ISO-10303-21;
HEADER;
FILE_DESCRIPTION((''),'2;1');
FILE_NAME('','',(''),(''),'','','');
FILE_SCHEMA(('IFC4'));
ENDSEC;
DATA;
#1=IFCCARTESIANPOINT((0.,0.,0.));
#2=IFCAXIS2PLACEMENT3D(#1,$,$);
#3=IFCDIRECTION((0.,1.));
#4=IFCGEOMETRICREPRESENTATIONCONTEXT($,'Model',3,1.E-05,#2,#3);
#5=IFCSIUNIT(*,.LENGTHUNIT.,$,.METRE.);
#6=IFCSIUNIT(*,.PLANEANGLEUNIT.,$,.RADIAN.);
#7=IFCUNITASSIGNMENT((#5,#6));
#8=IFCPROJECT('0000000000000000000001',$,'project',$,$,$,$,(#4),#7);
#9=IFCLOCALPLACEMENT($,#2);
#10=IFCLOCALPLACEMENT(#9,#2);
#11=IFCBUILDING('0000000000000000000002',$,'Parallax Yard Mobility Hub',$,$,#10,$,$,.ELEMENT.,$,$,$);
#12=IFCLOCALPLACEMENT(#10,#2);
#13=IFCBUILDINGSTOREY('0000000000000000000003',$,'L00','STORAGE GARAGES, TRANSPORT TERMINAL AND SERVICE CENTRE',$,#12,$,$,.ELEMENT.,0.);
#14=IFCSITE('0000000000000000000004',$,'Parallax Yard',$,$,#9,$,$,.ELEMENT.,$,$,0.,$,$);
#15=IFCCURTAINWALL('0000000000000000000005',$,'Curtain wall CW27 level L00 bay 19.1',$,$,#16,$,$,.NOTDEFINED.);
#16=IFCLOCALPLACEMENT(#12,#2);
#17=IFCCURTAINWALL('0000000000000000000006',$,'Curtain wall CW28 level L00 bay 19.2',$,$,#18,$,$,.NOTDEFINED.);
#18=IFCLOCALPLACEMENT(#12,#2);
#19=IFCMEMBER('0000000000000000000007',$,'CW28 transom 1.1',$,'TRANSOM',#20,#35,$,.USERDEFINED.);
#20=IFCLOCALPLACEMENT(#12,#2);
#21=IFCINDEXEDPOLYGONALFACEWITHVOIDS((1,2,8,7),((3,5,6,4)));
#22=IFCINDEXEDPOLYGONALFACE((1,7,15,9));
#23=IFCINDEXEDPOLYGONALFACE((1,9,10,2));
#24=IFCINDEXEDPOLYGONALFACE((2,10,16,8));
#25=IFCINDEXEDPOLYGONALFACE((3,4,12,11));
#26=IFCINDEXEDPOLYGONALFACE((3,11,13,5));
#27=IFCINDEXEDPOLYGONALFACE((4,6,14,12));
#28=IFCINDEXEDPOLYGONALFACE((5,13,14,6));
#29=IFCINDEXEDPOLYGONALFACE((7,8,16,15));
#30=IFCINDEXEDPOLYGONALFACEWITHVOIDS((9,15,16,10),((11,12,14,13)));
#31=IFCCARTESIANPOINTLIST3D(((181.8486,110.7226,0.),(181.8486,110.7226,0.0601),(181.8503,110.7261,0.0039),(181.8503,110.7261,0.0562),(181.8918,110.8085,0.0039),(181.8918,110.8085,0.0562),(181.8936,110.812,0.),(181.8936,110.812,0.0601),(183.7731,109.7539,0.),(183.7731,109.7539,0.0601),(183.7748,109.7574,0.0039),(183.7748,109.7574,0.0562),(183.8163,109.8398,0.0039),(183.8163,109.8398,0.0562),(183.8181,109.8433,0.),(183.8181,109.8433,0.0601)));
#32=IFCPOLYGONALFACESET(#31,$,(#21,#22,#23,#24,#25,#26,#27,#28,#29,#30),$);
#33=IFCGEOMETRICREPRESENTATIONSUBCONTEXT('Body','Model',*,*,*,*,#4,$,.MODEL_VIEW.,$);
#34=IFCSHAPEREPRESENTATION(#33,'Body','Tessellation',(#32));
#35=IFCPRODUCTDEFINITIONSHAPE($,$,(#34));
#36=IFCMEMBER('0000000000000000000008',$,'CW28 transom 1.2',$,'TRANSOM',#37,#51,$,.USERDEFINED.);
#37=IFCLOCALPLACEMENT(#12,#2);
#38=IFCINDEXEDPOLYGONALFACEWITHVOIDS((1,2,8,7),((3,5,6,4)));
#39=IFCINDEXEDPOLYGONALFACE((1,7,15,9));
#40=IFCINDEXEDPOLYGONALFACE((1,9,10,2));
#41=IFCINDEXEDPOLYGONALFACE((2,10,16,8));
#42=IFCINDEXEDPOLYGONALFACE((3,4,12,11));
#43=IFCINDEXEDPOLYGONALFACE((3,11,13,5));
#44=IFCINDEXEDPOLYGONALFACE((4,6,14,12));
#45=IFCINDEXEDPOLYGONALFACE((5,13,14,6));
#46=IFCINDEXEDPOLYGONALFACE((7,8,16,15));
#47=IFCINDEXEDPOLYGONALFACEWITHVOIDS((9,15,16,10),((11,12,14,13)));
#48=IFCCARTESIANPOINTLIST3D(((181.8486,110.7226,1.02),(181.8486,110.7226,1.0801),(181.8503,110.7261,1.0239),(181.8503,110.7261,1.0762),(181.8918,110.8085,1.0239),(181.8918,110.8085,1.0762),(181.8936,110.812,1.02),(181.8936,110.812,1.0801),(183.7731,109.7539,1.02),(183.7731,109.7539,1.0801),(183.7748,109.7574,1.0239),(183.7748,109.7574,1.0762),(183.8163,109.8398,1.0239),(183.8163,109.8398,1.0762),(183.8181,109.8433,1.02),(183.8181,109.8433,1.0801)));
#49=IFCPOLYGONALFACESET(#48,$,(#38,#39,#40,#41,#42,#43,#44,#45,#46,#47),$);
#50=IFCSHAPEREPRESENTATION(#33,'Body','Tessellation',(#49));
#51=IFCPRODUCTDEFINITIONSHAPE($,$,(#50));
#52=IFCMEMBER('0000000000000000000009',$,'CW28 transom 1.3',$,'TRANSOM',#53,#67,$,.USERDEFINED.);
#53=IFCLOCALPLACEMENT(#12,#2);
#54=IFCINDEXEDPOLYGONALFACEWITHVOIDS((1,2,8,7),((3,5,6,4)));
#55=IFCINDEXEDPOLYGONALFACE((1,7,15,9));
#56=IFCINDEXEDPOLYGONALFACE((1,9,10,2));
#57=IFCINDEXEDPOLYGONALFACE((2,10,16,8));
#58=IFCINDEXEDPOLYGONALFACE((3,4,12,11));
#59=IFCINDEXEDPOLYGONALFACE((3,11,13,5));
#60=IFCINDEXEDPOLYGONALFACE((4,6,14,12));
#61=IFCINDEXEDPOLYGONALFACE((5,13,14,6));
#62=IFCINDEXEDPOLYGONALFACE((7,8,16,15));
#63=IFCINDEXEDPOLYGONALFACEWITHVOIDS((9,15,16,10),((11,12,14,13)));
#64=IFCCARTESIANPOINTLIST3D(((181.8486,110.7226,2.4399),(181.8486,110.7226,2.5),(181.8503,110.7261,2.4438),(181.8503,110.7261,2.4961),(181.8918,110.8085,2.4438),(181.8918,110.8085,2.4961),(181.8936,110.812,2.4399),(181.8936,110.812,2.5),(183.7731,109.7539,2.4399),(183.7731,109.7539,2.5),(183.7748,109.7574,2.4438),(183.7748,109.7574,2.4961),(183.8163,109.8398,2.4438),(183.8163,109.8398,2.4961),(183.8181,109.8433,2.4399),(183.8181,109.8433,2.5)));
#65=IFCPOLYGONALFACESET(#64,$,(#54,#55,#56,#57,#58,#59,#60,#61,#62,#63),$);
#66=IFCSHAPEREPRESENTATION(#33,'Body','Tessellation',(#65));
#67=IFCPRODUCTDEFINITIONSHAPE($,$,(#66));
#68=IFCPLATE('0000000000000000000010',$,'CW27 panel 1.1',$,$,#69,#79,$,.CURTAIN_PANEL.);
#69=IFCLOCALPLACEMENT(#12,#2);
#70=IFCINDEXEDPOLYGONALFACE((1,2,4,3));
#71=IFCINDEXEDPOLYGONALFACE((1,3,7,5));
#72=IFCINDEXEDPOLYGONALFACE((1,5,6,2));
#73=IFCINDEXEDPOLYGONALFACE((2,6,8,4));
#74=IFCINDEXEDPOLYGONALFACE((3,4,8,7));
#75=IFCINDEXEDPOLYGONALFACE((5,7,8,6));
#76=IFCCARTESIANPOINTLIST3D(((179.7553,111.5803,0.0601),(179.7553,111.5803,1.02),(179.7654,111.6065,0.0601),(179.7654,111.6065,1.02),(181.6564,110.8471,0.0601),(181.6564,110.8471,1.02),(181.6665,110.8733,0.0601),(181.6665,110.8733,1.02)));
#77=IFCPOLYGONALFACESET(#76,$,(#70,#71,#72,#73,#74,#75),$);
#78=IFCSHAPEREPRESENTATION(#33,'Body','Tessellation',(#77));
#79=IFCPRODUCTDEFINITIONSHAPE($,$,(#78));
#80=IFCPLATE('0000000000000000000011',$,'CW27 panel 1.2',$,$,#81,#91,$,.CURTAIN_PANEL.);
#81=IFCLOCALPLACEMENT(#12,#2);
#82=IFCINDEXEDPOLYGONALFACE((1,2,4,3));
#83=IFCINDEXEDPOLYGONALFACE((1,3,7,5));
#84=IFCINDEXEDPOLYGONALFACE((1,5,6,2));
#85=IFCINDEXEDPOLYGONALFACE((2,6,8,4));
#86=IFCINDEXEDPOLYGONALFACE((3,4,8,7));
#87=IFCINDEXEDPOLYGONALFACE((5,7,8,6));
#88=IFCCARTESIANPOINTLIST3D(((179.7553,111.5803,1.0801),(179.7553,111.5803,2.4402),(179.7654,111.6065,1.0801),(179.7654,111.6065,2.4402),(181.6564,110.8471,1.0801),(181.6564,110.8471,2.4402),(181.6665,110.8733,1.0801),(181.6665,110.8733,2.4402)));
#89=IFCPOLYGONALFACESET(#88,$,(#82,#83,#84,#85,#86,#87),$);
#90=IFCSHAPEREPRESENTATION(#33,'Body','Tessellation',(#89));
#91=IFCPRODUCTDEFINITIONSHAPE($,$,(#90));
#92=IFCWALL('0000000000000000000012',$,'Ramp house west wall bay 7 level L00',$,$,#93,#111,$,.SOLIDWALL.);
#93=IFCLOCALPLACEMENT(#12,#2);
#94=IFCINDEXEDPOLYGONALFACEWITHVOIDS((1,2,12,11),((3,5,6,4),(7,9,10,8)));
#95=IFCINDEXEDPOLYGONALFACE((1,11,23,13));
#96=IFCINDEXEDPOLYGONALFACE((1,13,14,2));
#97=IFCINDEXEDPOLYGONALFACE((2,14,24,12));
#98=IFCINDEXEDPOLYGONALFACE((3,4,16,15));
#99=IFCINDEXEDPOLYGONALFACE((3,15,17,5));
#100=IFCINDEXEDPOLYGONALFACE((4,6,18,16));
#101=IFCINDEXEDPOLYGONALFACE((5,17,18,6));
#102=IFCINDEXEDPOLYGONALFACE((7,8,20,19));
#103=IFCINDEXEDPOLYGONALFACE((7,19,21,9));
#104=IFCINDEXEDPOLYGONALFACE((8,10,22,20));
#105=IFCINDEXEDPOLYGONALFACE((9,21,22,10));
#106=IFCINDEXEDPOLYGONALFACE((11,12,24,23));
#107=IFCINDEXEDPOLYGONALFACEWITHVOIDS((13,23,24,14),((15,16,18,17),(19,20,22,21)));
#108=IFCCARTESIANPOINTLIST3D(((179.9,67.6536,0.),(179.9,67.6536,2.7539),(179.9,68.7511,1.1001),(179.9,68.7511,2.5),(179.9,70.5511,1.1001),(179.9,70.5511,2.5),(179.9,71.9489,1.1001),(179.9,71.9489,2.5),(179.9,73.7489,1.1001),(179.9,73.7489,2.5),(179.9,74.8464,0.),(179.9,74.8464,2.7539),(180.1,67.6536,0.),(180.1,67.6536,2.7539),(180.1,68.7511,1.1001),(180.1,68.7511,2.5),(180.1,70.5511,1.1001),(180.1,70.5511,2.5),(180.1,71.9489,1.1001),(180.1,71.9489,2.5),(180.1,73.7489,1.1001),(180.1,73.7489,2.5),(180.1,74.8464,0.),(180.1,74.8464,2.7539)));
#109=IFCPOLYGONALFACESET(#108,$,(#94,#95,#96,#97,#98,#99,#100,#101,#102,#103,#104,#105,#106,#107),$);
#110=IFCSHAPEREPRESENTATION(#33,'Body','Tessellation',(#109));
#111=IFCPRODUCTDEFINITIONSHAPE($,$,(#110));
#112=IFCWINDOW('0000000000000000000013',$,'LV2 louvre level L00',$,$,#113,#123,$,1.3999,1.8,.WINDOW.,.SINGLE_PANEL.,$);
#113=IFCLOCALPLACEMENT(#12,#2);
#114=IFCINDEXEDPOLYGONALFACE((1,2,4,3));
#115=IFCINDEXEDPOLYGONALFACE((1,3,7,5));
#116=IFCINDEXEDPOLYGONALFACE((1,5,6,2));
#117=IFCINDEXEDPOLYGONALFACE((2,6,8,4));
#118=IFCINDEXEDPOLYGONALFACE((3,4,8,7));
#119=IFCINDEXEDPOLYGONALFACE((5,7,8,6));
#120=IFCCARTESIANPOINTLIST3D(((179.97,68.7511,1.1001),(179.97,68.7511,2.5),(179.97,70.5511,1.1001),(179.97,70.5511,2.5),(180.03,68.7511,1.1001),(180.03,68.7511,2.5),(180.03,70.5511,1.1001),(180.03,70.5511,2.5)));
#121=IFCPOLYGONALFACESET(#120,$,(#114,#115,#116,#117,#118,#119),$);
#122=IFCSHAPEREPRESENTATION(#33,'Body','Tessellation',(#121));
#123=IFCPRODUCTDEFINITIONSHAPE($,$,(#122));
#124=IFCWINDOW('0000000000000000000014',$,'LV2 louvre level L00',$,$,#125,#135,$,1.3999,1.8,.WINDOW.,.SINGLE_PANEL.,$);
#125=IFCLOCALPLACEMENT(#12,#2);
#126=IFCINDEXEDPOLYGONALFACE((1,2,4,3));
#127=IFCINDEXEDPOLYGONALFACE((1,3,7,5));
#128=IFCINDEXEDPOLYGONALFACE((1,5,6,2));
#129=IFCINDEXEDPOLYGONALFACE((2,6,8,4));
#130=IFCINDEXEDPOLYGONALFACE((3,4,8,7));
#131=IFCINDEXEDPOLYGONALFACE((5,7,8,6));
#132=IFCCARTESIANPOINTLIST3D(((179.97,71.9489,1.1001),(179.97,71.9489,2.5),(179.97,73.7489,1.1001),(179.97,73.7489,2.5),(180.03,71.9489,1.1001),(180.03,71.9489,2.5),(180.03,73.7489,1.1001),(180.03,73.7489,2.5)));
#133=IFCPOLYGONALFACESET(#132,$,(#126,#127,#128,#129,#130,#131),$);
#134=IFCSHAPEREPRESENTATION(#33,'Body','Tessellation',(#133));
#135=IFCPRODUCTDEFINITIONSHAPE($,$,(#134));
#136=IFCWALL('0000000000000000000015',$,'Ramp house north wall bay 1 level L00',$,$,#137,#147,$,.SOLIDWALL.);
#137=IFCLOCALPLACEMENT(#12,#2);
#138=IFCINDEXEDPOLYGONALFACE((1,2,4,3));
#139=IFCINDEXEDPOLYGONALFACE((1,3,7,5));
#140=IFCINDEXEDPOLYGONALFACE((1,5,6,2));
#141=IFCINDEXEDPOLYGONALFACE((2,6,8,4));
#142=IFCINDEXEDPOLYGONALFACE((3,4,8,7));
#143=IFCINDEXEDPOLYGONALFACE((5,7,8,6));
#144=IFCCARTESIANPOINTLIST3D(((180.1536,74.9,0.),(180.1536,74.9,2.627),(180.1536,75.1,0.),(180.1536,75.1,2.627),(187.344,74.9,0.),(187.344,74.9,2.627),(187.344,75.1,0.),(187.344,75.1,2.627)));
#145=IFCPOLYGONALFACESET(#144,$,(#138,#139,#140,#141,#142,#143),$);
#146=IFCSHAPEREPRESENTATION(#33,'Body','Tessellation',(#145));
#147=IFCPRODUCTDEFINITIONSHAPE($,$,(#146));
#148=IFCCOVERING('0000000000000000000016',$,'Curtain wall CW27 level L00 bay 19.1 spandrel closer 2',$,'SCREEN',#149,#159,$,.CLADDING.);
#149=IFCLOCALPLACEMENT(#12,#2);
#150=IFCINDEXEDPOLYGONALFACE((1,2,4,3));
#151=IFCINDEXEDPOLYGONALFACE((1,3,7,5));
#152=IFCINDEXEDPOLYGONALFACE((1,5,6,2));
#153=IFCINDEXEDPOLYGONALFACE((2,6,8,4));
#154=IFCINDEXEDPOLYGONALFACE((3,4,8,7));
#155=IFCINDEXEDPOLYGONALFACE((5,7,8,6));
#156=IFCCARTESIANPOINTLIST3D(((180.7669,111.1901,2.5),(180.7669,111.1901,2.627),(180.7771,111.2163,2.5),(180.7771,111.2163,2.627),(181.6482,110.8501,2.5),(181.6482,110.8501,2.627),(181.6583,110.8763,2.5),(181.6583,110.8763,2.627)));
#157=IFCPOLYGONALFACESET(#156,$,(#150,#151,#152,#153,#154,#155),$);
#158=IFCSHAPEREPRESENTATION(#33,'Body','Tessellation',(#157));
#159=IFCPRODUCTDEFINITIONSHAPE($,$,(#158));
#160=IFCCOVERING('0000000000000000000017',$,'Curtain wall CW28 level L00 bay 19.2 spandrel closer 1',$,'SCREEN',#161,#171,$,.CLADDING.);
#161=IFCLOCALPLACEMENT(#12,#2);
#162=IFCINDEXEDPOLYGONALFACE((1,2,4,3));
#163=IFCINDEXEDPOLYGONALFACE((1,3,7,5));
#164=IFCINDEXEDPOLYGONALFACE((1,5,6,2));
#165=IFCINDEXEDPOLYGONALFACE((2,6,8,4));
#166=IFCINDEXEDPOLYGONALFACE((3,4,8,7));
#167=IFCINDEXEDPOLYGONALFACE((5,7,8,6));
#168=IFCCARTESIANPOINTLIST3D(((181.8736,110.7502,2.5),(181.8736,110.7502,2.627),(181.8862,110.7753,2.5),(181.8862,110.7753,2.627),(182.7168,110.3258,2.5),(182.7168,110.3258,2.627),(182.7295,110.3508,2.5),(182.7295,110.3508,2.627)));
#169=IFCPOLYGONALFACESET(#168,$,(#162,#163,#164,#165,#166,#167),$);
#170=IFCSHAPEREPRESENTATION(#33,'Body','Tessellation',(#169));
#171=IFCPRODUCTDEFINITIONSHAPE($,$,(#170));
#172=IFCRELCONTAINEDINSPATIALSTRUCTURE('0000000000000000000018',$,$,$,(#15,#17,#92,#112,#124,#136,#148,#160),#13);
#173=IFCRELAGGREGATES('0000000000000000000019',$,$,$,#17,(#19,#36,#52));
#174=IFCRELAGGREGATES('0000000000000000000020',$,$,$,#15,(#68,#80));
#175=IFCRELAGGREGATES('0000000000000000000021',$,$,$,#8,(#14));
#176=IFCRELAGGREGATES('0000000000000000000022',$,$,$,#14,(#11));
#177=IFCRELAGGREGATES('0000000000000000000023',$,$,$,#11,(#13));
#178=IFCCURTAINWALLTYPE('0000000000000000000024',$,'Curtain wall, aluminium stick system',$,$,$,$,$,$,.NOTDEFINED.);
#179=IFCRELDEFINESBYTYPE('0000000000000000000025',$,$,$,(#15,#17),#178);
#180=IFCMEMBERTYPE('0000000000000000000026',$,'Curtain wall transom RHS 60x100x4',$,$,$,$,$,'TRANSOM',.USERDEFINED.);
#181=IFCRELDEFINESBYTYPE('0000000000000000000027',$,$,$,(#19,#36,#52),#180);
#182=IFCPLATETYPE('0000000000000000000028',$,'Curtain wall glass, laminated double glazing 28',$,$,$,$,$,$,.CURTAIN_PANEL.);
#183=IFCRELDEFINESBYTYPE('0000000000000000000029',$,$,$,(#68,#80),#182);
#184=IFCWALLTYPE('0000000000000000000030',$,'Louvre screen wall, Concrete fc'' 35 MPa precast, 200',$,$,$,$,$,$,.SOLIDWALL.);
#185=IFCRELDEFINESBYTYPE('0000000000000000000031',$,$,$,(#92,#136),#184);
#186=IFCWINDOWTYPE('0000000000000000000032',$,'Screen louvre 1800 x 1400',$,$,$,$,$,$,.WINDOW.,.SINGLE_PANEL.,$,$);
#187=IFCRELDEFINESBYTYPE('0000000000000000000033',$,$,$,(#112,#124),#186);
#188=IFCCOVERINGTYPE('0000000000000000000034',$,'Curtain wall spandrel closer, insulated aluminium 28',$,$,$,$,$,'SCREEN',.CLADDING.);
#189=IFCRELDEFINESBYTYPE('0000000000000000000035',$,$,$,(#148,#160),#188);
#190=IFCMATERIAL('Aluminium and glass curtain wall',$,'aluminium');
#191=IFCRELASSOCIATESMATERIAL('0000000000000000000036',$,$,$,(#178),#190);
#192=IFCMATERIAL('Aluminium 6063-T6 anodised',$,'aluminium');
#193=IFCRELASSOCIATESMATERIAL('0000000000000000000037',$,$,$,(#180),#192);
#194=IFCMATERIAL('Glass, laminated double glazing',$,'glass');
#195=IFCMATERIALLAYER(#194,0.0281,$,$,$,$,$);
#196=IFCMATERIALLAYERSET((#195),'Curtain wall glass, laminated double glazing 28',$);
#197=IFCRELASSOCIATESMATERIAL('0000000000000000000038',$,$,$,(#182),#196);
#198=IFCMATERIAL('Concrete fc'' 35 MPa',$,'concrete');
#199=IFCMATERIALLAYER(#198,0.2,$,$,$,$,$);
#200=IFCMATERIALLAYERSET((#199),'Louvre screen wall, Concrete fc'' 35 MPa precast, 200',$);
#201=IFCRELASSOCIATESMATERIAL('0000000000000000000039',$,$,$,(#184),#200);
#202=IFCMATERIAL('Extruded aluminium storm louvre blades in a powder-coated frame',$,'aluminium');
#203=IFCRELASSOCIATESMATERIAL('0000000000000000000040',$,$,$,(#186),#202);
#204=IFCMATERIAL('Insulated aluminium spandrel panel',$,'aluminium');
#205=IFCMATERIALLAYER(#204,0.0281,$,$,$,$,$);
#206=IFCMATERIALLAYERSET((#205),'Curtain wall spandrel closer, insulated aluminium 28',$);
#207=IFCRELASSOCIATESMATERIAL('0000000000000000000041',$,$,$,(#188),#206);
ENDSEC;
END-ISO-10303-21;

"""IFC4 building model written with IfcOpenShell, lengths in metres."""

from ifc_helpers import new_model, si_unit, direction, frame, frame_2d, origin, origin_2d, place, context, subcontext, project, spatial, rectangle, hollow_rectangle, extrude, material, layer, layer_set, material_profile, profile_set, type_object, element, fill, aggregate, save


model = new_model("IFC4")

# Units and contexts
model_context = context("Model", 3, precision=1e-05, world=origin(), true_north=direction((0.0, 1.0)))
body_context = subcontext(model_context, "Body", "Model", "MODEL_VIEW")
ifc_project = project(units=[si_unit("LENGTHUNIT", "METRE"), si_unit("PLANEANGLEUNIT", "RADIAN")], contexts=[model_context])

# Site, building, storey
site_placement = place(None, origin())
site = spatial("IfcSite", under=ifc_project, at=site_placement, Name="Parallax Yard", CompositionType="ELEMENT", RefElevation=0.0)
building_placement = place(site_placement, origin())
building = spatial("IfcBuilding", under=site, at=building_placement, Name="Parallax Yard Mobility Hub", CompositionType="ELEMENT")
storey_placement = place(building_placement, origin())
storey = spatial("IfcBuildingStorey", under=building, at=storey_placement, Name="L00", Description="STORAGE GARAGES, TRANSPORT TERMINAL AND SERVICE CENTRE", CompositionType="ELEMENT", Elevation=0.0)

# Curtain wall
ifc_material_1 = material(Name="Aluminium and glass curtain wall", Category="aluminium")
curtain_wall_type = type_object("IfcCurtainWallType", Name="Curtain wall, aluminium stick system", PredefinedType="NOTDEFINED", material=ifc_material_1)
curtain_wall_1_placement = place(storey_placement, origin())
curtain_wall_1 = element("IfcCurtainWall", 1, at=curtain_wall_1_placement, inside=storey, type_object=curtain_wall_type, Name="Curtain wall CW27 level L00 bay 19.1", PredefinedType="NOTDEFINED")
ifc_material_2 = material(Name="Aluminium 6063-T6 anodised", Category="aluminium")

# Curtain wall, members
curtain_wall_2_placement = place(storey_placement, origin())
curtain_wall_2 = element("IfcCurtainWall", 2, at=curtain_wall_2_placement, inside=storey, type_object=curtain_wall_type, Name="Curtain wall CW28 level L00 bay 19.2", PredefinedType="NOTDEFINED")
ifc_material_profile_1 = material_profile(ifc_material_2, hollow_rectangle(XDim=0.1001, YDim=0.0601, WallThickness=0.0039, at=origin_2d()), Name="RHS 60x100x4")
ifc_profile_set_1 = profile_set([ifc_material_profile_1], Name="Aluminium 6063-T6 anodised")
member_type_1 = type_object("IfcMemberType", Name="Curtain wall transom RHS 60x100x4", ElementType="TRANSOM", PredefinedType="USERDEFINED", material=ifc_profile_set_1)
member_1_placement = place(storey_placement, frame((181.8711, 110.7673, 0.03), z_axis=(0.893223, -0.449614, 0.0), x_axis=(0.449614, 0.893223, 0.0)))
member_1 = element("IfcMember", 3, at=member_1_placement, type_object=member_type_1, Name="CW28 transom 1.1", ObjectType="TRANSOM", PredefinedType="USERDEFINED", context=body_context, shape_type="SweptSolid", body=[
    extrude(hollow_rectangle(XDim=0.1001, YDim=0.0601, WallThickness=0.0039, at=origin_2d()), origin(), (0.0, 0.0, 1.0), 2.1545),
])
member_2_placement = place(storey_placement, frame((181.8711, 110.7673, 1.05), z_axis=(0.893223, -0.449614, 0.0), x_axis=(0.449614, 0.893223, 0.0)))
member_2 = element("IfcMember", 4, at=member_2_placement, type_object=member_type_1, Name="CW28 transom 1.2", ObjectType="TRANSOM", PredefinedType="USERDEFINED", context=body_context, shape_type="SweptSolid", body=[
    extrude(hollow_rectangle(XDim=0.1001, YDim=0.0601, WallThickness=0.0039, at=origin_2d()), origin(), (0.0, 0.0, 1.0), 2.1545),
])
member_3_placement = place(storey_placement, frame((181.8711, 110.7673, 2.47), z_axis=(0.893223, -0.449614, 0.0), x_axis=(0.449614, 0.893223, 0.0)))
member_3 = element("IfcMember", 5, at=member_3_placement, type_object=member_type_1, Name="CW28 transom 1.3", ObjectType="TRANSOM", PredefinedType="USERDEFINED", context=body_context, shape_type="SweptSolid", body=[
    extrude(hollow_rectangle(XDim=0.1001, YDim=0.0601, WallThickness=0.0039, at=origin_2d()), origin(), (0.0, 0.0, 1.0), 2.1545),
])
aggregate(curtain_wall_2, [member_1, member_2, member_3])

# Plates
ifc_material_3 = material(Name="Glass, laminated double glazing", Category="glass")
ifc_layer_1 = layer(ifc_material_3, 0.0281)
ifc_layer_set_1 = layer_set([ifc_layer_1], Name="Curtain wall glass, laminated double glazing 28")
plate_type = type_object("IfcPlateType", Name="Curtain wall glass, laminated double glazing 28", PredefinedType="CURTAIN_PANEL", material=ifc_layer_set_1)
plate_1_placement = place(storey_placement, frame((180.7109, 111.2268, 0.0601), z_axis=(0.0, 0.0, 1.0), x_axis=(0.933008, -0.359855, 0.0)))
plate_1 = element("IfcPlate", 6, at=plate_1_placement, type_object=plate_type, Name="CW27 panel 1.1", PredefinedType="CURTAIN_PANEL", context=body_context, shape_type="SweptSolid", body=[
    extrude(rectangle(XDim=2.0376, YDim=0.0281, at=origin_2d()), origin(), (0.0, 0.0, 1.0), 0.96),
])
plate_2_placement = place(storey_placement, frame((180.7109, 111.2268, 1.0801), z_axis=(0.0, 0.0, 1.0), x_axis=(0.933008, -0.359855, 0.0)))
plate_2 = element("IfcPlate", 7, at=plate_2_placement, type_object=plate_type, Name="CW27 panel 1.2", PredefinedType="CURTAIN_PANEL", context=body_context, shape_type="SweptSolid", body=[
    extrude(rectangle(XDim=2.0376, YDim=0.0281, at=origin_2d()), origin(), (0.0, 0.0, 1.0), 1.3601),
])
aggregate(curtain_wall_1, [plate_1, plate_2])

# Wall, openings, windows
ifc_material_4 = material(Name="Concrete fc' 35 MPa", Category="concrete")
ifc_layer_2 = layer(ifc_material_4, 0.2)
ifc_layer_set_2 = layer_set([ifc_layer_2], Name="Louvre screen wall, Concrete fc' 35 MPa precast, 200")
wall_type = type_object("IfcWallType", Name="Louvre screen wall, Concrete fc' 35 MPa precast, 200", PredefinedType="SOLIDWALL", material=ifc_layer_set_2)
wall_1_placement = place(storey_placement, frame((180.0, 67.6536, 0.0), z_axis=(0.0, 0.0, 1.0), x_axis=(0.0, 1.0, 0.0)))
wall_1 = element("IfcWall", 8, at=wall_1_placement, inside=storey, type_object=wall_type, Name="Ramp house west wall bay 7 level L00", PredefinedType="SOLIDWALL", context=body_context, shape_type="SweptSolid", body=[
    extrude(rectangle(XDim=7.1929, YDim=0.2, at=frame_2d((3.5964, 0.0))), origin(), (0.0, 0.0, 1.0), 2.7539),
])
opening_1_placement = place(wall_1_placement, frame((1.0977, 0.0, 1.1001)))
opening_1 = element("IfcOpeningElement", 9, at=opening_1_placement, cuts=wall_1, PredefinedType="OPENING", context=body_context, shape_type="SweptSolid", body=[
    extrude(rectangle(XDim=1.8, YDim=1.3999, at=frame_2d((0.8999, 0.7))), frame((0.0, 0.1099, 0.0), z_axis=(0.0, -1.0, 0.0), x_axis=(1.0, 0.0, 0.0)), (0.0, 0.0, 1.0), 0.22),
])
opening_2_placement = place(wall_1_placement, frame((4.2954, 0.0, 1.1001)))
opening_2 = element("IfcOpeningElement", 10, at=opening_2_placement, cuts=wall_1, PredefinedType="OPENING", context=body_context, shape_type="SweptSolid", body=[
    extrude(rectangle(XDim=1.8, YDim=1.3999, at=frame_2d((0.8999, 0.7))), frame((0.0, 0.1099, 0.0), z_axis=(0.0, -1.0, 0.0), x_axis=(1.0, 0.0, 0.0)), (0.0, 0.0, 1.0), 0.22),
])
ifc_material_5 = material(Name="Extruded aluminium storm louvre blades in a powder-coated frame", Category="aluminium")
window_type = type_object("IfcWindowType", Name="Screen louvre 1800 x 1400", PartitioningType="SINGLE_PANEL", PredefinedType="WINDOW", material=ifc_material_5)
window_1_placement = place(opening_1_placement, origin())
window_1 = element("IfcWindow", 11, at=window_1_placement, inside=storey, type_object=window_type, Name="LV2 louvre level L00", OverallHeight=1.3999, OverallWidth=1.8, PartitioningType="SINGLE_PANEL", PredefinedType="WINDOW", context=body_context, shape_type="SweptSolid", body=[
    extrude(rectangle(XDim=1.8, YDim=1.3999, at=frame_2d((0.8999, 0.7))), frame((0.0, 0.03, 0.0), z_axis=(0.0, -1.0, 0.0), x_axis=(1.0, 0.0, 0.0)), (0.0, 0.0, 1.0), 0.0601),
])
fill(opening_1, window_1)
window_2_placement = place(opening_2_placement, origin())
window_2 = element("IfcWindow", 12, at=window_2_placement, inside=storey, type_object=window_type, Name="LV2 louvre level L00", OverallHeight=1.3999, OverallWidth=1.8, PartitioningType="SINGLE_PANEL", PredefinedType="WINDOW", context=body_context, shape_type="SweptSolid", body=[
    extrude(rectangle(XDim=1.8, YDim=1.3999, at=frame_2d((0.8999, 0.7))), frame((0.0, 0.03, 0.0), z_axis=(0.0, -1.0, 0.0), x_axis=(1.0, 0.0, 0.0)), (0.0, 0.0, 1.0), 0.0601),
])
fill(opening_2, window_2)

# Wall
wall_2_placement = place(storey_placement, frame((180.1536, 75.0, 0.0), z_axis=(0.0, 0.0, 1.0), x_axis=(1.0, 0.0, 0.0)))
element("IfcWall", 13, at=wall_2_placement, inside=storey, type_object=wall_type, Name="Ramp house north wall bay 1 level L00", PredefinedType="SOLIDWALL", context=body_context, shape_type="SweptSolid", body=[
    extrude(rectangle(XDim=7.1904, YDim=0.2, at=frame_2d((3.5952, 0.0))), origin(), (0.0, 0.0, 1.0), 2.627),
])

# Coverings
ifc_material_6 = material(Name="Insulated aluminium spandrel panel", Category="aluminium")
ifc_layer_3 = layer(ifc_material_6, 0.0281)
ifc_layer_set_3 = layer_set([ifc_layer_3], Name="Curtain wall spandrel closer, insulated aluminium 28")
covering_type = type_object("IfcCoveringType", Name="Curtain wall spandrel closer, insulated aluminium 28", ElementType="SCREEN", PredefinedType="CLADDING", material=ifc_layer_set_3)
covering_1_placement = place(storey_placement, frame((181.2126, 111.0332, 2.5), z_axis=(0.0, 0.0, 1.0), x_axis=(0.932997, -0.359884, 0.0)))
element("IfcCovering", 14, at=covering_1_placement, inside=storey, type_object=covering_type, Name="Curtain wall CW27 level L00 bay 19.1 spandrel closer 2", ObjectType="SCREEN", PredefinedType="CLADDING", context=body_context, shape_type="SweptSolid", body=[
    extrude(rectangle(XDim=0.9446, YDim=0.0281, at=origin_2d()), origin(), (0.0, 0.0, 1.0), 0.127),
])
covering_2_placement = place(storey_placement, frame((182.3015, 110.5505, 2.5), z_axis=(0.0, 0.0, 1.0), x_axis=(0.893222, -0.449617, 0.0)))
element("IfcCovering", 15, at=covering_2_placement, inside=storey, type_object=covering_type, Name="Curtain wall CW28 level L00 bay 19.2 spandrel closer 1", ObjectType="SCREEN", PredefinedType="CLADDING", context=body_context, shape_type="SweptSolid", body=[
    extrude(rectangle(XDim=0.9441, YDim=0.0281, at=origin_2d()), origin(), (0.0, 0.0, 1.0), 0.127),
])

save(model, "model.ifc")
